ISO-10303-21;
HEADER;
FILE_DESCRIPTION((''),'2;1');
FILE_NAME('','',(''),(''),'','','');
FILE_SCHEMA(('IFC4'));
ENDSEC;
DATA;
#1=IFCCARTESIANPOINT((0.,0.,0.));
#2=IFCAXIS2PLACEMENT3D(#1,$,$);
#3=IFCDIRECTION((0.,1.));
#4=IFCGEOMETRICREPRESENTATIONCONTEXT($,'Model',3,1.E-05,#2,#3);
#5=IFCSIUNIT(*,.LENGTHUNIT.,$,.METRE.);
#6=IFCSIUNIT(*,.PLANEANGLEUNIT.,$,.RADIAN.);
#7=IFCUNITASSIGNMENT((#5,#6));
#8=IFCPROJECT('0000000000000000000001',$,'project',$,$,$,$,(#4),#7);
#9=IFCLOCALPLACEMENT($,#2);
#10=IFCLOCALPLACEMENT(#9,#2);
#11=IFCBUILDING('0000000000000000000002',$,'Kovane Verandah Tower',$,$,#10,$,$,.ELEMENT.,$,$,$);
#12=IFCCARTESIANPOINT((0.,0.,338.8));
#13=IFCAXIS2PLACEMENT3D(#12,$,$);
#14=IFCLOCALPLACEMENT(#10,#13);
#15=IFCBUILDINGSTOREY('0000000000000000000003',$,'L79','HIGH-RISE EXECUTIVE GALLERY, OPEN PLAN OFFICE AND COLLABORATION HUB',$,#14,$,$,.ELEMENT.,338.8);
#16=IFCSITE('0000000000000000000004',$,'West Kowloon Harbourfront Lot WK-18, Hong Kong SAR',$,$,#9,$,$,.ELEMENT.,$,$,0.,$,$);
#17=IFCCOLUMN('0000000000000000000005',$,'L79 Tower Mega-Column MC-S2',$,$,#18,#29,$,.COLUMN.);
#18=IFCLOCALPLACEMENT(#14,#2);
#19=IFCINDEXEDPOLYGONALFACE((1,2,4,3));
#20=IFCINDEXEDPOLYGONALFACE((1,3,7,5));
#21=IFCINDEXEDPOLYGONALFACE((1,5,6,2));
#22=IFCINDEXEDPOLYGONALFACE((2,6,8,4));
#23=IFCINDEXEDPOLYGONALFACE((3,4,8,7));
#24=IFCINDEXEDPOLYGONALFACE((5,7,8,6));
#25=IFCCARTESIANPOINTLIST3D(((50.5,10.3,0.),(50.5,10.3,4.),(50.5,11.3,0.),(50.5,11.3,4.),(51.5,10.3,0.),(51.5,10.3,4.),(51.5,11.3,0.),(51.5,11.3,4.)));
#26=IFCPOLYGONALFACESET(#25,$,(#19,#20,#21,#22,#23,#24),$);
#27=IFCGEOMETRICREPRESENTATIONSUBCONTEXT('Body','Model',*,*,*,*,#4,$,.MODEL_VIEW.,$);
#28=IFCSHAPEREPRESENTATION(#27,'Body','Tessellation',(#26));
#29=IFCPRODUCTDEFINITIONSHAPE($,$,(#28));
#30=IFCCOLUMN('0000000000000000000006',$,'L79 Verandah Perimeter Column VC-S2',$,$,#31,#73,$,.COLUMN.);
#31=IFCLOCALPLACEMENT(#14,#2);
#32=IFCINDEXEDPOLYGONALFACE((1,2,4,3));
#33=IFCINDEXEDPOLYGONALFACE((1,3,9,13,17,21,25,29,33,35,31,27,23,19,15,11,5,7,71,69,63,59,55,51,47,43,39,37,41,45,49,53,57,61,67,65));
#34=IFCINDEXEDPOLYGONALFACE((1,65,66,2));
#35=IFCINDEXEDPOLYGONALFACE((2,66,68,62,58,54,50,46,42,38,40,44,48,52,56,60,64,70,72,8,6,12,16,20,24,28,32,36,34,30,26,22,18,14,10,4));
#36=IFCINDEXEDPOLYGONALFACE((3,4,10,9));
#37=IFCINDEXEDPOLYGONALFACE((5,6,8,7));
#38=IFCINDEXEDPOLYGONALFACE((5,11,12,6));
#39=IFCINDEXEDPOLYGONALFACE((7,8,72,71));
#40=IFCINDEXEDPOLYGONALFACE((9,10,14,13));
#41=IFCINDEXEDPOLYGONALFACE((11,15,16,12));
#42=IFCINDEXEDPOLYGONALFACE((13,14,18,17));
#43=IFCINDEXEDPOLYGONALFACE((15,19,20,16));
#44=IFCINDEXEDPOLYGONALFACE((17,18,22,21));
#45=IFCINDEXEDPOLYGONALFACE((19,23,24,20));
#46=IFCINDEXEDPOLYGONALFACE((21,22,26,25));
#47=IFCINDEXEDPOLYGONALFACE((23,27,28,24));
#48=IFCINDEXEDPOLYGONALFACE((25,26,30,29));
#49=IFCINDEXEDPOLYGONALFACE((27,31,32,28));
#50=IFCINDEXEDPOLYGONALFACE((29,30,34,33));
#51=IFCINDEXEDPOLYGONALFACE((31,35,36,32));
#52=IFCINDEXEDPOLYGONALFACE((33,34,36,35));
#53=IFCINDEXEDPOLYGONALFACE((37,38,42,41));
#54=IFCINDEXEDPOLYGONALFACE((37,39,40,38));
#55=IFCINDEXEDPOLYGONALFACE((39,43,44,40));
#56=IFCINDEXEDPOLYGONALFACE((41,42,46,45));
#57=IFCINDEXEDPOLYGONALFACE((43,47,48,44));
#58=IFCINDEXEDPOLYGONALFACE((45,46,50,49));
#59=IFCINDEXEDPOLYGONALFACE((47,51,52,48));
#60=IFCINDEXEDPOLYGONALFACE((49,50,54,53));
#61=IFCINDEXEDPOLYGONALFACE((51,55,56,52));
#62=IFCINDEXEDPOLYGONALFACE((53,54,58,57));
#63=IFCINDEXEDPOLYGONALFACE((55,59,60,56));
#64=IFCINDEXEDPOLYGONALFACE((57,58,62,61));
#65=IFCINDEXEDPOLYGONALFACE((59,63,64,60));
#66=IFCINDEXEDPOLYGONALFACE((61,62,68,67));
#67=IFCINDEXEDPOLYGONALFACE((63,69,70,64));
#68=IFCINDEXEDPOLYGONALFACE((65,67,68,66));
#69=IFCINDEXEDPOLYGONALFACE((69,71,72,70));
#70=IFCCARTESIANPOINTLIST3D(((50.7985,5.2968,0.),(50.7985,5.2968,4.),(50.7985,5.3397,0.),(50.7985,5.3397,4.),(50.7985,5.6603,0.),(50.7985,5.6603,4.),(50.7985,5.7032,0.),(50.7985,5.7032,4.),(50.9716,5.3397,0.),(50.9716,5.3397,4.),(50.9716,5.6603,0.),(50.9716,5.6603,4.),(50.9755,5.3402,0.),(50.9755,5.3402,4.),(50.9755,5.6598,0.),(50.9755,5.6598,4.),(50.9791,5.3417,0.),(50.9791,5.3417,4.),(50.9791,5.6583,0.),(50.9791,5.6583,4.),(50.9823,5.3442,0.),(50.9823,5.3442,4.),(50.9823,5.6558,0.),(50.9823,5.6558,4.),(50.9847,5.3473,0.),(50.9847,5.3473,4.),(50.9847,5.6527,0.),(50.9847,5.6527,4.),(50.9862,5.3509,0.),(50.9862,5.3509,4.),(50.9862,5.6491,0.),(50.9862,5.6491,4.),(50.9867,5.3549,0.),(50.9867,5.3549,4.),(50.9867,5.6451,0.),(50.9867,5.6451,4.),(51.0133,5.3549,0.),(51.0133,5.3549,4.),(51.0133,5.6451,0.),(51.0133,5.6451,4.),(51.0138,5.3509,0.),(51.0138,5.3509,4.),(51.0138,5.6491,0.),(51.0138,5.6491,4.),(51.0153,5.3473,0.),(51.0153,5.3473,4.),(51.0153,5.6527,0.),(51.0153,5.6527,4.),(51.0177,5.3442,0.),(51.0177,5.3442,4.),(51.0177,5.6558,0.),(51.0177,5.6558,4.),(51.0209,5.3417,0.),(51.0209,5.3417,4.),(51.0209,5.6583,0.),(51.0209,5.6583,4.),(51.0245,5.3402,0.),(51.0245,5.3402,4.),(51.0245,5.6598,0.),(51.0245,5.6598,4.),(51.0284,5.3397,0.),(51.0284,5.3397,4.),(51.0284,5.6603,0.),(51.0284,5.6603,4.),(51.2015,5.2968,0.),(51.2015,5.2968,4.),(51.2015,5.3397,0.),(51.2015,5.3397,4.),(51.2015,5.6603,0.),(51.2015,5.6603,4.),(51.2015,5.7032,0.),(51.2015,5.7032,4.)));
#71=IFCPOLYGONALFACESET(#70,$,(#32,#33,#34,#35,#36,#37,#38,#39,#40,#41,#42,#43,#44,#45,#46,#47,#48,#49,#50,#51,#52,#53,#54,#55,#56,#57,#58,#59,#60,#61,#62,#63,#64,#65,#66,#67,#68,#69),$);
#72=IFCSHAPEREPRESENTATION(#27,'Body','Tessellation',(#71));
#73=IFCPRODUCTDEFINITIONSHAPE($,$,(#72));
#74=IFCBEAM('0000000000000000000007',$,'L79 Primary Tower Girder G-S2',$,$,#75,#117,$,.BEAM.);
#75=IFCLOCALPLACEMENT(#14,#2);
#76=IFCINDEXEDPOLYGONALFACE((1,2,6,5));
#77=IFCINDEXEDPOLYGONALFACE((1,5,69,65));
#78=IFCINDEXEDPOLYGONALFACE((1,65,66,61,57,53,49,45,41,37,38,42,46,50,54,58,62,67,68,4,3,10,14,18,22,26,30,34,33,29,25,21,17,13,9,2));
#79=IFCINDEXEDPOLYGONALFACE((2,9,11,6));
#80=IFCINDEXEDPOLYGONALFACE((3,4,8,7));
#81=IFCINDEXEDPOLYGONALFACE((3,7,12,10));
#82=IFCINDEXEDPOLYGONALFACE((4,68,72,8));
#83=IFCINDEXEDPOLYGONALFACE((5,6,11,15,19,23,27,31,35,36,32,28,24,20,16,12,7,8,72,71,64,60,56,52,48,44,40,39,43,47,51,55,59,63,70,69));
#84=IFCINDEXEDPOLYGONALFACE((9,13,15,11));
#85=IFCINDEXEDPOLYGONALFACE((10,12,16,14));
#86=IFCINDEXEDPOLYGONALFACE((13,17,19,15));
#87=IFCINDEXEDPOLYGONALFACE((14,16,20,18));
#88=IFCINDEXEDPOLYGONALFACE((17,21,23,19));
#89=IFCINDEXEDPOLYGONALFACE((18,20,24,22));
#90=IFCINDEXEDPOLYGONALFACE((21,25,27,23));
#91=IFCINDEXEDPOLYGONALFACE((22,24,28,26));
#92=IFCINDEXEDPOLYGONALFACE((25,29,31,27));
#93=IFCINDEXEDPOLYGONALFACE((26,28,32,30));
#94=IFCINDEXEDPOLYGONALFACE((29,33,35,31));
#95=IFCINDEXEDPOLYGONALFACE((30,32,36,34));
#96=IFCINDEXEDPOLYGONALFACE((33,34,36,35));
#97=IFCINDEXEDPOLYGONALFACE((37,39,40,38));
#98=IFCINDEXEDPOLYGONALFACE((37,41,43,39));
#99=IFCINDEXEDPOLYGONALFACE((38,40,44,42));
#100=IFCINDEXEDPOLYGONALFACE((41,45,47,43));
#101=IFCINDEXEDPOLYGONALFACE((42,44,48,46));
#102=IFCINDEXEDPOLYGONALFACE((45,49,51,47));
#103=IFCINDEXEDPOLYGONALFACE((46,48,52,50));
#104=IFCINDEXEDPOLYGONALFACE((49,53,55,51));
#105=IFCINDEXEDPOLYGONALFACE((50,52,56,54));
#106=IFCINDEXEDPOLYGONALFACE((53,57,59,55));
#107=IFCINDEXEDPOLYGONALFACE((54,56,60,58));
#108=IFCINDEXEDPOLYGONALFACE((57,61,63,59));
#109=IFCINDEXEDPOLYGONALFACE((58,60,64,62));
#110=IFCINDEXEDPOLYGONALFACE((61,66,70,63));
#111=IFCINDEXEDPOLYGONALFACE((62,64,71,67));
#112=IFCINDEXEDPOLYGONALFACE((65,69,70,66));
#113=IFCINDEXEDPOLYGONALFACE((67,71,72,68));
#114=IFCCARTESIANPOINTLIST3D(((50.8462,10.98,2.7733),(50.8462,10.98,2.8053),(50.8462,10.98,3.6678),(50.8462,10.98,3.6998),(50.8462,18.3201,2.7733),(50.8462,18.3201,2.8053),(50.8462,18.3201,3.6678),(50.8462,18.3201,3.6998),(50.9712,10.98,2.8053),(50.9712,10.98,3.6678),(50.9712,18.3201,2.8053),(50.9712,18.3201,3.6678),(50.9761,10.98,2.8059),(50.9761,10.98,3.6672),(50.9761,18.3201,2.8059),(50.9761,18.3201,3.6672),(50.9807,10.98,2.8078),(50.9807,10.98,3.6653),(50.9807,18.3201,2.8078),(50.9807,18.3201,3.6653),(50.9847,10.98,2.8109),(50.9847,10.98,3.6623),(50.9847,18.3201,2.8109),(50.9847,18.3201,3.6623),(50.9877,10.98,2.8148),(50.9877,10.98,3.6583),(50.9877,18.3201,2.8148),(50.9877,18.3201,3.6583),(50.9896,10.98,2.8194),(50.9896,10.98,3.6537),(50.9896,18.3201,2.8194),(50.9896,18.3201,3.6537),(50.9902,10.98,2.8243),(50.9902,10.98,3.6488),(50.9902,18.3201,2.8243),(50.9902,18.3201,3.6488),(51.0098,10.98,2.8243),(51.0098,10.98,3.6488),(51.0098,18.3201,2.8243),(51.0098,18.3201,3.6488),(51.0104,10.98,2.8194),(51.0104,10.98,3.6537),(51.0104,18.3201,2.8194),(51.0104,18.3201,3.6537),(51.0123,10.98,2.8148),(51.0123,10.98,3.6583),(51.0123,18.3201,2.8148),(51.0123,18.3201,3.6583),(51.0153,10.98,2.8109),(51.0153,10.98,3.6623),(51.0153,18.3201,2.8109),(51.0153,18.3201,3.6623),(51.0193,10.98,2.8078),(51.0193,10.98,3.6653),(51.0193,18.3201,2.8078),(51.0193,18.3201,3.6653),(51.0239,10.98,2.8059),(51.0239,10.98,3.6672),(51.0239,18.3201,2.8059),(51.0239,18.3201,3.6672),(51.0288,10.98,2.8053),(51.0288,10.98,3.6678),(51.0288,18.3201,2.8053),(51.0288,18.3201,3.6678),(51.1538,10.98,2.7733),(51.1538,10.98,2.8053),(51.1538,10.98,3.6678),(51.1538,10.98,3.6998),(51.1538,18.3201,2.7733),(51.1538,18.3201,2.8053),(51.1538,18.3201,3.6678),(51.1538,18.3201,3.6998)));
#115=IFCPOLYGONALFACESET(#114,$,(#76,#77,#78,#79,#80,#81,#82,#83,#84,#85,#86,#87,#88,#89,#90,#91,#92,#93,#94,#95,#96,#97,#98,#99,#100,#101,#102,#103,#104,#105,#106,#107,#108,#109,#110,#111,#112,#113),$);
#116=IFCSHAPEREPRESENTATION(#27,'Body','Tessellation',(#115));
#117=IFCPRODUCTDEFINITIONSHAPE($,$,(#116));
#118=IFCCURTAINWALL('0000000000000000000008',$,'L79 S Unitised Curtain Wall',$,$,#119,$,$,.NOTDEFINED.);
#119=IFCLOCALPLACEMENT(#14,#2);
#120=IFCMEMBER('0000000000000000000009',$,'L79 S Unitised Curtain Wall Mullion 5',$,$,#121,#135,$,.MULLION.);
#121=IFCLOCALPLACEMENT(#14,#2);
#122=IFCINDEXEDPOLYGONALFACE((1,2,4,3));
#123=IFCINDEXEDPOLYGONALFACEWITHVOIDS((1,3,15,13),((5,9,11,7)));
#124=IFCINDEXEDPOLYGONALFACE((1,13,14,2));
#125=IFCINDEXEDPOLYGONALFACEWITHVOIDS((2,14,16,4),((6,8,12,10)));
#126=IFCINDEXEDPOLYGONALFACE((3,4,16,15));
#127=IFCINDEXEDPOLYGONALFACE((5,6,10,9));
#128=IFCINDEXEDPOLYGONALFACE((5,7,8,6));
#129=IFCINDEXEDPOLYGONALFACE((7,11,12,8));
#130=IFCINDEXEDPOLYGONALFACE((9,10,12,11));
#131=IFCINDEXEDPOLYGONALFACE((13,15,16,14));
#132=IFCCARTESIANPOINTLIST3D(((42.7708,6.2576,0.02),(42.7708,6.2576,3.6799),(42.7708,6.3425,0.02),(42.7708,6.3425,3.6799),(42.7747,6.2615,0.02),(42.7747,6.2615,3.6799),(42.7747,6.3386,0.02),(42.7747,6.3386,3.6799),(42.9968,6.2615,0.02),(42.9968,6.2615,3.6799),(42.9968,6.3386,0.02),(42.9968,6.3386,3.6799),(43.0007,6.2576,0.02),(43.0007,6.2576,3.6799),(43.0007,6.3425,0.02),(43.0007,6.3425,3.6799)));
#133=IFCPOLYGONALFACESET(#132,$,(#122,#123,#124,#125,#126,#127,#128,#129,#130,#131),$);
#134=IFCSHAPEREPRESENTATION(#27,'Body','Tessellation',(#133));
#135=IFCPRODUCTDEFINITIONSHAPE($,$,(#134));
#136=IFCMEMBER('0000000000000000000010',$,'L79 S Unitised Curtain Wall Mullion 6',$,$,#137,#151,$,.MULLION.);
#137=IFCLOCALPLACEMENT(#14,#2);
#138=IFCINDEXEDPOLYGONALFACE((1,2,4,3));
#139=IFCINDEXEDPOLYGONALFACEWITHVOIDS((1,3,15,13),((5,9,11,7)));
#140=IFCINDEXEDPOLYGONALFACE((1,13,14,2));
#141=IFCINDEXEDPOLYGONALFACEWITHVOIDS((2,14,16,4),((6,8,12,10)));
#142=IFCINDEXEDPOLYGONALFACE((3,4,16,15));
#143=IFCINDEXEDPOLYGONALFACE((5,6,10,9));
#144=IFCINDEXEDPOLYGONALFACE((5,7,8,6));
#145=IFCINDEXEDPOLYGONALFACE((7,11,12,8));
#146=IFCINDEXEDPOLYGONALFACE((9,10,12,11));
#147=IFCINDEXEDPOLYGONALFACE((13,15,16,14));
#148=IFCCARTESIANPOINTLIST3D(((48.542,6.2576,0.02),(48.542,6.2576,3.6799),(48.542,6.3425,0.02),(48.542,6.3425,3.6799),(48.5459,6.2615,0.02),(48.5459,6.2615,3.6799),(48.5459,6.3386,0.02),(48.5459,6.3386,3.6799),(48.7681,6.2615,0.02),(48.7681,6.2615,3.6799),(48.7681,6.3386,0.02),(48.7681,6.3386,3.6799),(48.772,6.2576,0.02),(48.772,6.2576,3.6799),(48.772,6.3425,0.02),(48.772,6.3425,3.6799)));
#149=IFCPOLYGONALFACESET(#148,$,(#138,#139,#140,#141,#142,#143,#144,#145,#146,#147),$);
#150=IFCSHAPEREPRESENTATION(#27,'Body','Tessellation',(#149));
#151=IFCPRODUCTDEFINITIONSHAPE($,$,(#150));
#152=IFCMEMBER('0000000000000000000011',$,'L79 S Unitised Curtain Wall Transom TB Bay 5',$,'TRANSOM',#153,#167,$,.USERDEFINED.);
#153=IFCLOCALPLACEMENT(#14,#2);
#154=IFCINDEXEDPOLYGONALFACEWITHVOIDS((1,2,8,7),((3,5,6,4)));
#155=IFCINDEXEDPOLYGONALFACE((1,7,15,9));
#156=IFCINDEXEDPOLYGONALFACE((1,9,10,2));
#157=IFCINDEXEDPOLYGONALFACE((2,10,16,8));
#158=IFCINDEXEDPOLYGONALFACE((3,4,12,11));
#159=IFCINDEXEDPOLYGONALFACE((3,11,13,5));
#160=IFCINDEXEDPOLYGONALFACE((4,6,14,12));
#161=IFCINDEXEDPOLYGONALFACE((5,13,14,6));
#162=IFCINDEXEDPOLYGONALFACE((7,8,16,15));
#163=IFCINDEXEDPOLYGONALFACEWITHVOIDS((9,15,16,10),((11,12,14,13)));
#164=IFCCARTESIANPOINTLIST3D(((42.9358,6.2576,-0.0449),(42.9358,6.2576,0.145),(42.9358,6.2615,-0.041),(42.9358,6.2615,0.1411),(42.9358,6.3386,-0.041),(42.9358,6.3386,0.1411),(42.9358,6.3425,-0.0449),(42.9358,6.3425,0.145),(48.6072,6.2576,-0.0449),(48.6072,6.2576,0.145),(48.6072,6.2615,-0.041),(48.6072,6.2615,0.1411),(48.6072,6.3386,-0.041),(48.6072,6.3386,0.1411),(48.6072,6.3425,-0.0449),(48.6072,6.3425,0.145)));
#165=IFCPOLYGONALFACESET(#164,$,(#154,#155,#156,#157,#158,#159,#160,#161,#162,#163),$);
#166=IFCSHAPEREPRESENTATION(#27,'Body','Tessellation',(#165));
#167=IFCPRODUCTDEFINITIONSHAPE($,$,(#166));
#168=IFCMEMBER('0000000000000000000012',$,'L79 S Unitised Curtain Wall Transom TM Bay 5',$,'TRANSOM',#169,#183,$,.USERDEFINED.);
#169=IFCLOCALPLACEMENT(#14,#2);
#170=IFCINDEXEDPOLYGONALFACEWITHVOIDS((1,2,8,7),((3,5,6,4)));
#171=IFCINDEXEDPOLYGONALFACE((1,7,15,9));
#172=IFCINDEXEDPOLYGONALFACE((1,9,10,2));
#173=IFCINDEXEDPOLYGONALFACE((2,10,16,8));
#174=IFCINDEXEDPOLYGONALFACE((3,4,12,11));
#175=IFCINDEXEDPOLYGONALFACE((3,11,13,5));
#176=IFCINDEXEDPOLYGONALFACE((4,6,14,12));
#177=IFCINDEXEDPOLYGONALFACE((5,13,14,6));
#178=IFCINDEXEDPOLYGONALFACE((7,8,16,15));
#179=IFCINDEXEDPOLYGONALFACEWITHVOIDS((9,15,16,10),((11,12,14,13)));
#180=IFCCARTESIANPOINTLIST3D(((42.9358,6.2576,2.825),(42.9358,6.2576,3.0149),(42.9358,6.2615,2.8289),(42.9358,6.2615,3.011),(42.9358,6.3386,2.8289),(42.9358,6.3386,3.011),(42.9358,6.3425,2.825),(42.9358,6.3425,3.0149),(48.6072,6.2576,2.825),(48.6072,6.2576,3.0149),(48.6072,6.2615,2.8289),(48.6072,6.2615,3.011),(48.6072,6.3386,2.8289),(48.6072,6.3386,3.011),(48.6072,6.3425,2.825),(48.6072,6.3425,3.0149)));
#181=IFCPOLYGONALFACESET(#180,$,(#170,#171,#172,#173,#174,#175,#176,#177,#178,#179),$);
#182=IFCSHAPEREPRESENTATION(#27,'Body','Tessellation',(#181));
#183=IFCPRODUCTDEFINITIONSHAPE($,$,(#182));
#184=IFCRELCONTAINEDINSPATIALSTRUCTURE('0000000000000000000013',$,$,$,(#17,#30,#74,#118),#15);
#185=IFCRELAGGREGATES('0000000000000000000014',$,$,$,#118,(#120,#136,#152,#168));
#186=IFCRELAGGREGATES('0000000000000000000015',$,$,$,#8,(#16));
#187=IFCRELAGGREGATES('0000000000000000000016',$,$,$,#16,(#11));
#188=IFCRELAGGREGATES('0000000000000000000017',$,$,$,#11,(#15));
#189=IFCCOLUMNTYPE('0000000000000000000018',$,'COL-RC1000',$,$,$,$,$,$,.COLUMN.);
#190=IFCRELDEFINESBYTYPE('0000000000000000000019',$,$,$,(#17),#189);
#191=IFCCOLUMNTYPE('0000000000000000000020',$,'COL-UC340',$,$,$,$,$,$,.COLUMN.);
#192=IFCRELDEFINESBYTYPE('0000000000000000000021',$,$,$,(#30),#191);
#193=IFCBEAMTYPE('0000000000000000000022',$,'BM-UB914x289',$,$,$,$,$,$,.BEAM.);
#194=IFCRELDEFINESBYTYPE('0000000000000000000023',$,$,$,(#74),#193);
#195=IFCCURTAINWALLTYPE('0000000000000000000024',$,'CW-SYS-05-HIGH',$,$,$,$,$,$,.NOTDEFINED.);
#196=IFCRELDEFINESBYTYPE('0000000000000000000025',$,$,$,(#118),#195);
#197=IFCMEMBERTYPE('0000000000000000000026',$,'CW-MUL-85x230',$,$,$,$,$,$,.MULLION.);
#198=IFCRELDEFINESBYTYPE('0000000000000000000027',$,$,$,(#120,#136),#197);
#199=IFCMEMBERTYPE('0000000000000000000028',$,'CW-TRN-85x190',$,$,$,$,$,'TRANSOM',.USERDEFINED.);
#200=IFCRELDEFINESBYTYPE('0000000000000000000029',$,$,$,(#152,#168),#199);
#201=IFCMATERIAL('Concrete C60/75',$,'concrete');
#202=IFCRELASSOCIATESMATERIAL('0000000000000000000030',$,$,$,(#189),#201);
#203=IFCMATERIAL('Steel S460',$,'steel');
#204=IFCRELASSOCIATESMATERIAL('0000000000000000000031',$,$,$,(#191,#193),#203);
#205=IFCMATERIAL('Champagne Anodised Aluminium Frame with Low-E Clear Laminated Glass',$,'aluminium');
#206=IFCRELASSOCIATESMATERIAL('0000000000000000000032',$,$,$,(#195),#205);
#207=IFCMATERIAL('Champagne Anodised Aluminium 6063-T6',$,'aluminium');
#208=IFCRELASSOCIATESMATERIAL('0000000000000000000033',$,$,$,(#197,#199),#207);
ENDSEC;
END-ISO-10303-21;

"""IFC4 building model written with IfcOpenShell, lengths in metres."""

from ifc_helpers import new_model, si_unit, direction, frame, origin, origin_2d, place, context, subcontext, project, spatial, rectangle, hollow_rectangle, i_section, extrude, material, material_profile, profile_set, type_object, element, aggregate, save


model = new_model("IFC4")

# Units and contexts
model_context = context("Model", 3, precision=1e-05, world=origin(), true_north=direction((0.0, 1.0)))
body_context = subcontext(model_context, "Body", "Model", "MODEL_VIEW")
ifc_project = project(units=[si_unit("LENGTHUNIT", "METRE"), si_unit("PLANEANGLEUNIT", "RADIAN")], contexts=[model_context])

# Site, building, storey
site_placement = place(None, origin())
site = spatial("IfcSite", under=ifc_project, at=site_placement, Name="West Kowloon Harbourfront Lot WK-18, Hong Kong SAR", CompositionType="ELEMENT", RefElevation=0.0)
building_placement = place(site_placement, origin())
building = spatial("IfcBuilding", under=site, at=building_placement, Name="Kovane Verandah Tower", CompositionType="ELEMENT")
storey_placement = place(building_placement, frame((0.0, 0.0, 338.8)))
storey = spatial("IfcBuildingStorey", under=building, at=storey_placement, Name="L79", Description="HIGH-RISE EXECUTIVE GALLERY, OPEN PLAN OFFICE AND COLLABORATION HUB", CompositionType="ELEMENT", Elevation=338.8)

# Columns
ifc_material_1 = material(Name="Concrete C60/75", Category="concrete")
ifc_material_profile_1 = material_profile(ifc_material_1, rectangle(XDim=1.0, YDim=1.0, at=origin_2d()), Name="RC1000x1000")
ifc_profile_set_1 = profile_set([ifc_material_profile_1], Name="Concrete C60/75")
column_type_1 = type_object("IfcColumnType", Name="COL-RC1000", PredefinedType="COLUMN", material=ifc_profile_set_1)
column_1_placement = place(storey_placement, frame((51.0, 10.8, 0.0), z_axis=(0.0, 0.0, 1.0), x_axis=(1.0, 0.0, 0.0)))
element("IfcColumn", 1, at=column_1_placement, inside=storey, type_object=column_type_1, Name="L79 Tower Mega-Column MC-S2", PredefinedType="COLUMN", context=body_context, shape_type="SweptSolid", body=[
    extrude(rectangle(XDim=1.0, YDim=1.0, at=origin_2d()), origin(), (0.0, 0.0, 1.0), 4.0),
])
ifc_material_2 = material(Name="Steel S460", Category="steel")
ifc_material_profile_2 = material_profile(ifc_material_2, i_section(OverallWidth=0.4031, OverallDepth=0.4065, WebThickness=0.0266, FlangeThickness=0.043, FilletRadius=0.0151, at=origin_2d()), Name="UC356x406x340")
ifc_profile_set_2 = profile_set([ifc_material_profile_2], Name="Steel S460")
column_type_2 = type_object("IfcColumnType", Name="COL-UC340", PredefinedType="COLUMN", material=ifc_profile_set_2)
column_2_placement = place(storey_placement, frame((51.0, 5.5, 0.0), z_axis=(0.0, 0.0, 1.0), x_axis=(1.0, 0.0, 0.0)))
element("IfcColumn", 2, at=column_2_placement, inside=storey, type_object=column_type_2, Name="L79 Verandah Perimeter Column VC-S2", PredefinedType="COLUMN", context=body_context, shape_type="SweptSolid", body=[
    extrude(i_section(OverallWidth=0.4031, OverallDepth=0.4065, WebThickness=0.0266, FlangeThickness=0.043, FilletRadius=0.0151, at=origin_2d()), origin(), (0.0, 0.0, 1.0), 4.0),
])

# Beam
ifc_material_profile_3 = material_profile(ifc_material_2, i_section(OverallWidth=0.3076, OverallDepth=0.9265, WebThickness=0.0195, FlangeThickness=0.032, FilletRadius=0.019, at=origin_2d()), Name="UB914x305x289")
ifc_profile_set_3 = profile_set([ifc_material_profile_3], Name="Steel S460")
beam_type = type_object("IfcBeamType", Name="BM-UB914x289", PredefinedType="BEAM", material=ifc_profile_set_3)
beam_placement = place(storey_placement, frame((51.0, 18.3201, 3.2366), z_axis=(0.0, -1.0, 0.0), x_axis=(1.0, 0.0, 0.0)))
element("IfcBeam", 3, at=beam_placement, inside=storey, type_object=beam_type, Name="L79 Primary Tower Girder G-S2", PredefinedType="BEAM", context=body_context, shape_type="SweptSolid", body=[
    extrude(i_section(OverallWidth=0.3076, OverallDepth=0.9265, WebThickness=0.0195, FlangeThickness=0.032, FilletRadius=0.019, at=origin_2d()), origin(), (0.0, 0.0, 1.0), 7.3401),
])

# Curtain wall, members
ifc_material_3 = material(Name="Champagne Anodised Aluminium Frame with Low-E Clear Laminated Glass", Category="aluminium")
curtain_wall_type = type_object("IfcCurtainWallType", Name="CW-SYS-05-HIGH", PredefinedType="NOTDEFINED", material=ifc_material_3)
curtain_wall_placement = place(storey_placement, origin())
curtain_wall = element("IfcCurtainWall", 4, at=curtain_wall_placement, inside=storey, type_object=curtain_wall_type, Name="L79 S Unitised Curtain Wall", PredefinedType="NOTDEFINED")
ifc_material_4 = material(Name="Champagne Anodised Aluminium 6063-T6", Category="aluminium")
ifc_material_profile_4 = material_profile(ifc_material_4, hollow_rectangle(XDim=0.085, YDim=0.23, WallThickness=0.0039, at=origin_2d()), Name="AL85x230x4")
ifc_profile_set_4 = profile_set([ifc_material_profile_4], Name="Champagne Anodised Aluminium 6063-T6")
member_type_1 = type_object("IfcMemberType", Name="CW-MUL-85x230", PredefinedType="MULLION", material=ifc_profile_set_4)
member_1_placement = place(storey_placement, frame((42.8857, 6.3, 0.02), z_axis=(0.0, 0.0, 1.0), x_axis=(0.0, -1.0, 0.0)))
member_1 = element("IfcMember", 5, at=member_1_placement, type_object=member_type_1, Name="L79 S Unitised Curtain Wall Mullion 5", PredefinedType="MULLION", context=body_context, shape_type="SweptSolid", body=[
    extrude(hollow_rectangle(XDim=0.085, YDim=0.23, WallThickness=0.0039, at=origin_2d()), origin(), (0.0, 0.0, 1.0), 3.6599),
])
member_2_placement = place(storey_placement, frame((48.657, 6.3, 0.02), z_axis=(0.0, 0.0, 1.0), x_axis=(0.0, -1.0, 0.0)))
member_2 = element("IfcMember", 6, at=member_2_placement, type_object=member_type_1, Name="L79 S Unitised Curtain Wall Mullion 6", PredefinedType="MULLION", context=body_context, shape_type="SweptSolid", body=[
    extrude(hollow_rectangle(XDim=0.085, YDim=0.23, WallThickness=0.0039, at=origin_2d()), origin(), (0.0, 0.0, 1.0), 3.6599),
])
ifc_material_profile_5 = material_profile(ifc_material_4, hollow_rectangle(XDim=0.085, YDim=0.1899, WallThickness=0.0039, at=origin_2d()), Name="AL85x190x4")
ifc_profile_set_5 = profile_set([ifc_material_profile_5], Name="Champagne Anodised Aluminium 6063-T6")
member_type_2 = type_object("IfcMemberType", Name="CW-TRN-85x190", ElementType="TRANSOM", PredefinedType="USERDEFINED", material=ifc_profile_set_5)
member_3_placement = place(storey_placement, frame((42.9358, 6.3, 0.05), z_axis=(1.0, 0.0, 0.0), x_axis=(0.0, 1.0, 0.0)))
member_3 = element("IfcMember", 7, at=member_3_placement, type_object=member_type_2, Name="L79 S Unitised Curtain Wall Transom TB Bay 5", ObjectType="TRANSOM", PredefinedType="USERDEFINED", context=body_context, shape_type="SweptSolid", body=[
    extrude(hollow_rectangle(XDim=0.085, YDim=0.1899, WallThickness=0.0039, at=origin_2d()), origin(), (0.0, 0.0, 1.0), 5.6714),
])
member_4_placement = place(storey_placement, frame((42.9358, 6.3, 2.9199), z_axis=(1.0, 0.0, 0.0), x_axis=(0.0, 1.0, 0.0)))
member_4 = element("IfcMember", 8, at=member_4_placement, type_object=member_type_2, Name="L79 S Unitised Curtain Wall Transom TM Bay 5", ObjectType="TRANSOM", PredefinedType="USERDEFINED", context=body_context, shape_type="SweptSolid", body=[
    extrude(hollow_rectangle(XDim=0.085, YDim=0.1899, WallThickness=0.0039, at=origin_2d()), origin(), (0.0, 0.0, 1.0), 5.6714),
])
aggregate(curtain_wall, [member_1, member_2, member_3, member_4])

save(model, "model.ifc")
